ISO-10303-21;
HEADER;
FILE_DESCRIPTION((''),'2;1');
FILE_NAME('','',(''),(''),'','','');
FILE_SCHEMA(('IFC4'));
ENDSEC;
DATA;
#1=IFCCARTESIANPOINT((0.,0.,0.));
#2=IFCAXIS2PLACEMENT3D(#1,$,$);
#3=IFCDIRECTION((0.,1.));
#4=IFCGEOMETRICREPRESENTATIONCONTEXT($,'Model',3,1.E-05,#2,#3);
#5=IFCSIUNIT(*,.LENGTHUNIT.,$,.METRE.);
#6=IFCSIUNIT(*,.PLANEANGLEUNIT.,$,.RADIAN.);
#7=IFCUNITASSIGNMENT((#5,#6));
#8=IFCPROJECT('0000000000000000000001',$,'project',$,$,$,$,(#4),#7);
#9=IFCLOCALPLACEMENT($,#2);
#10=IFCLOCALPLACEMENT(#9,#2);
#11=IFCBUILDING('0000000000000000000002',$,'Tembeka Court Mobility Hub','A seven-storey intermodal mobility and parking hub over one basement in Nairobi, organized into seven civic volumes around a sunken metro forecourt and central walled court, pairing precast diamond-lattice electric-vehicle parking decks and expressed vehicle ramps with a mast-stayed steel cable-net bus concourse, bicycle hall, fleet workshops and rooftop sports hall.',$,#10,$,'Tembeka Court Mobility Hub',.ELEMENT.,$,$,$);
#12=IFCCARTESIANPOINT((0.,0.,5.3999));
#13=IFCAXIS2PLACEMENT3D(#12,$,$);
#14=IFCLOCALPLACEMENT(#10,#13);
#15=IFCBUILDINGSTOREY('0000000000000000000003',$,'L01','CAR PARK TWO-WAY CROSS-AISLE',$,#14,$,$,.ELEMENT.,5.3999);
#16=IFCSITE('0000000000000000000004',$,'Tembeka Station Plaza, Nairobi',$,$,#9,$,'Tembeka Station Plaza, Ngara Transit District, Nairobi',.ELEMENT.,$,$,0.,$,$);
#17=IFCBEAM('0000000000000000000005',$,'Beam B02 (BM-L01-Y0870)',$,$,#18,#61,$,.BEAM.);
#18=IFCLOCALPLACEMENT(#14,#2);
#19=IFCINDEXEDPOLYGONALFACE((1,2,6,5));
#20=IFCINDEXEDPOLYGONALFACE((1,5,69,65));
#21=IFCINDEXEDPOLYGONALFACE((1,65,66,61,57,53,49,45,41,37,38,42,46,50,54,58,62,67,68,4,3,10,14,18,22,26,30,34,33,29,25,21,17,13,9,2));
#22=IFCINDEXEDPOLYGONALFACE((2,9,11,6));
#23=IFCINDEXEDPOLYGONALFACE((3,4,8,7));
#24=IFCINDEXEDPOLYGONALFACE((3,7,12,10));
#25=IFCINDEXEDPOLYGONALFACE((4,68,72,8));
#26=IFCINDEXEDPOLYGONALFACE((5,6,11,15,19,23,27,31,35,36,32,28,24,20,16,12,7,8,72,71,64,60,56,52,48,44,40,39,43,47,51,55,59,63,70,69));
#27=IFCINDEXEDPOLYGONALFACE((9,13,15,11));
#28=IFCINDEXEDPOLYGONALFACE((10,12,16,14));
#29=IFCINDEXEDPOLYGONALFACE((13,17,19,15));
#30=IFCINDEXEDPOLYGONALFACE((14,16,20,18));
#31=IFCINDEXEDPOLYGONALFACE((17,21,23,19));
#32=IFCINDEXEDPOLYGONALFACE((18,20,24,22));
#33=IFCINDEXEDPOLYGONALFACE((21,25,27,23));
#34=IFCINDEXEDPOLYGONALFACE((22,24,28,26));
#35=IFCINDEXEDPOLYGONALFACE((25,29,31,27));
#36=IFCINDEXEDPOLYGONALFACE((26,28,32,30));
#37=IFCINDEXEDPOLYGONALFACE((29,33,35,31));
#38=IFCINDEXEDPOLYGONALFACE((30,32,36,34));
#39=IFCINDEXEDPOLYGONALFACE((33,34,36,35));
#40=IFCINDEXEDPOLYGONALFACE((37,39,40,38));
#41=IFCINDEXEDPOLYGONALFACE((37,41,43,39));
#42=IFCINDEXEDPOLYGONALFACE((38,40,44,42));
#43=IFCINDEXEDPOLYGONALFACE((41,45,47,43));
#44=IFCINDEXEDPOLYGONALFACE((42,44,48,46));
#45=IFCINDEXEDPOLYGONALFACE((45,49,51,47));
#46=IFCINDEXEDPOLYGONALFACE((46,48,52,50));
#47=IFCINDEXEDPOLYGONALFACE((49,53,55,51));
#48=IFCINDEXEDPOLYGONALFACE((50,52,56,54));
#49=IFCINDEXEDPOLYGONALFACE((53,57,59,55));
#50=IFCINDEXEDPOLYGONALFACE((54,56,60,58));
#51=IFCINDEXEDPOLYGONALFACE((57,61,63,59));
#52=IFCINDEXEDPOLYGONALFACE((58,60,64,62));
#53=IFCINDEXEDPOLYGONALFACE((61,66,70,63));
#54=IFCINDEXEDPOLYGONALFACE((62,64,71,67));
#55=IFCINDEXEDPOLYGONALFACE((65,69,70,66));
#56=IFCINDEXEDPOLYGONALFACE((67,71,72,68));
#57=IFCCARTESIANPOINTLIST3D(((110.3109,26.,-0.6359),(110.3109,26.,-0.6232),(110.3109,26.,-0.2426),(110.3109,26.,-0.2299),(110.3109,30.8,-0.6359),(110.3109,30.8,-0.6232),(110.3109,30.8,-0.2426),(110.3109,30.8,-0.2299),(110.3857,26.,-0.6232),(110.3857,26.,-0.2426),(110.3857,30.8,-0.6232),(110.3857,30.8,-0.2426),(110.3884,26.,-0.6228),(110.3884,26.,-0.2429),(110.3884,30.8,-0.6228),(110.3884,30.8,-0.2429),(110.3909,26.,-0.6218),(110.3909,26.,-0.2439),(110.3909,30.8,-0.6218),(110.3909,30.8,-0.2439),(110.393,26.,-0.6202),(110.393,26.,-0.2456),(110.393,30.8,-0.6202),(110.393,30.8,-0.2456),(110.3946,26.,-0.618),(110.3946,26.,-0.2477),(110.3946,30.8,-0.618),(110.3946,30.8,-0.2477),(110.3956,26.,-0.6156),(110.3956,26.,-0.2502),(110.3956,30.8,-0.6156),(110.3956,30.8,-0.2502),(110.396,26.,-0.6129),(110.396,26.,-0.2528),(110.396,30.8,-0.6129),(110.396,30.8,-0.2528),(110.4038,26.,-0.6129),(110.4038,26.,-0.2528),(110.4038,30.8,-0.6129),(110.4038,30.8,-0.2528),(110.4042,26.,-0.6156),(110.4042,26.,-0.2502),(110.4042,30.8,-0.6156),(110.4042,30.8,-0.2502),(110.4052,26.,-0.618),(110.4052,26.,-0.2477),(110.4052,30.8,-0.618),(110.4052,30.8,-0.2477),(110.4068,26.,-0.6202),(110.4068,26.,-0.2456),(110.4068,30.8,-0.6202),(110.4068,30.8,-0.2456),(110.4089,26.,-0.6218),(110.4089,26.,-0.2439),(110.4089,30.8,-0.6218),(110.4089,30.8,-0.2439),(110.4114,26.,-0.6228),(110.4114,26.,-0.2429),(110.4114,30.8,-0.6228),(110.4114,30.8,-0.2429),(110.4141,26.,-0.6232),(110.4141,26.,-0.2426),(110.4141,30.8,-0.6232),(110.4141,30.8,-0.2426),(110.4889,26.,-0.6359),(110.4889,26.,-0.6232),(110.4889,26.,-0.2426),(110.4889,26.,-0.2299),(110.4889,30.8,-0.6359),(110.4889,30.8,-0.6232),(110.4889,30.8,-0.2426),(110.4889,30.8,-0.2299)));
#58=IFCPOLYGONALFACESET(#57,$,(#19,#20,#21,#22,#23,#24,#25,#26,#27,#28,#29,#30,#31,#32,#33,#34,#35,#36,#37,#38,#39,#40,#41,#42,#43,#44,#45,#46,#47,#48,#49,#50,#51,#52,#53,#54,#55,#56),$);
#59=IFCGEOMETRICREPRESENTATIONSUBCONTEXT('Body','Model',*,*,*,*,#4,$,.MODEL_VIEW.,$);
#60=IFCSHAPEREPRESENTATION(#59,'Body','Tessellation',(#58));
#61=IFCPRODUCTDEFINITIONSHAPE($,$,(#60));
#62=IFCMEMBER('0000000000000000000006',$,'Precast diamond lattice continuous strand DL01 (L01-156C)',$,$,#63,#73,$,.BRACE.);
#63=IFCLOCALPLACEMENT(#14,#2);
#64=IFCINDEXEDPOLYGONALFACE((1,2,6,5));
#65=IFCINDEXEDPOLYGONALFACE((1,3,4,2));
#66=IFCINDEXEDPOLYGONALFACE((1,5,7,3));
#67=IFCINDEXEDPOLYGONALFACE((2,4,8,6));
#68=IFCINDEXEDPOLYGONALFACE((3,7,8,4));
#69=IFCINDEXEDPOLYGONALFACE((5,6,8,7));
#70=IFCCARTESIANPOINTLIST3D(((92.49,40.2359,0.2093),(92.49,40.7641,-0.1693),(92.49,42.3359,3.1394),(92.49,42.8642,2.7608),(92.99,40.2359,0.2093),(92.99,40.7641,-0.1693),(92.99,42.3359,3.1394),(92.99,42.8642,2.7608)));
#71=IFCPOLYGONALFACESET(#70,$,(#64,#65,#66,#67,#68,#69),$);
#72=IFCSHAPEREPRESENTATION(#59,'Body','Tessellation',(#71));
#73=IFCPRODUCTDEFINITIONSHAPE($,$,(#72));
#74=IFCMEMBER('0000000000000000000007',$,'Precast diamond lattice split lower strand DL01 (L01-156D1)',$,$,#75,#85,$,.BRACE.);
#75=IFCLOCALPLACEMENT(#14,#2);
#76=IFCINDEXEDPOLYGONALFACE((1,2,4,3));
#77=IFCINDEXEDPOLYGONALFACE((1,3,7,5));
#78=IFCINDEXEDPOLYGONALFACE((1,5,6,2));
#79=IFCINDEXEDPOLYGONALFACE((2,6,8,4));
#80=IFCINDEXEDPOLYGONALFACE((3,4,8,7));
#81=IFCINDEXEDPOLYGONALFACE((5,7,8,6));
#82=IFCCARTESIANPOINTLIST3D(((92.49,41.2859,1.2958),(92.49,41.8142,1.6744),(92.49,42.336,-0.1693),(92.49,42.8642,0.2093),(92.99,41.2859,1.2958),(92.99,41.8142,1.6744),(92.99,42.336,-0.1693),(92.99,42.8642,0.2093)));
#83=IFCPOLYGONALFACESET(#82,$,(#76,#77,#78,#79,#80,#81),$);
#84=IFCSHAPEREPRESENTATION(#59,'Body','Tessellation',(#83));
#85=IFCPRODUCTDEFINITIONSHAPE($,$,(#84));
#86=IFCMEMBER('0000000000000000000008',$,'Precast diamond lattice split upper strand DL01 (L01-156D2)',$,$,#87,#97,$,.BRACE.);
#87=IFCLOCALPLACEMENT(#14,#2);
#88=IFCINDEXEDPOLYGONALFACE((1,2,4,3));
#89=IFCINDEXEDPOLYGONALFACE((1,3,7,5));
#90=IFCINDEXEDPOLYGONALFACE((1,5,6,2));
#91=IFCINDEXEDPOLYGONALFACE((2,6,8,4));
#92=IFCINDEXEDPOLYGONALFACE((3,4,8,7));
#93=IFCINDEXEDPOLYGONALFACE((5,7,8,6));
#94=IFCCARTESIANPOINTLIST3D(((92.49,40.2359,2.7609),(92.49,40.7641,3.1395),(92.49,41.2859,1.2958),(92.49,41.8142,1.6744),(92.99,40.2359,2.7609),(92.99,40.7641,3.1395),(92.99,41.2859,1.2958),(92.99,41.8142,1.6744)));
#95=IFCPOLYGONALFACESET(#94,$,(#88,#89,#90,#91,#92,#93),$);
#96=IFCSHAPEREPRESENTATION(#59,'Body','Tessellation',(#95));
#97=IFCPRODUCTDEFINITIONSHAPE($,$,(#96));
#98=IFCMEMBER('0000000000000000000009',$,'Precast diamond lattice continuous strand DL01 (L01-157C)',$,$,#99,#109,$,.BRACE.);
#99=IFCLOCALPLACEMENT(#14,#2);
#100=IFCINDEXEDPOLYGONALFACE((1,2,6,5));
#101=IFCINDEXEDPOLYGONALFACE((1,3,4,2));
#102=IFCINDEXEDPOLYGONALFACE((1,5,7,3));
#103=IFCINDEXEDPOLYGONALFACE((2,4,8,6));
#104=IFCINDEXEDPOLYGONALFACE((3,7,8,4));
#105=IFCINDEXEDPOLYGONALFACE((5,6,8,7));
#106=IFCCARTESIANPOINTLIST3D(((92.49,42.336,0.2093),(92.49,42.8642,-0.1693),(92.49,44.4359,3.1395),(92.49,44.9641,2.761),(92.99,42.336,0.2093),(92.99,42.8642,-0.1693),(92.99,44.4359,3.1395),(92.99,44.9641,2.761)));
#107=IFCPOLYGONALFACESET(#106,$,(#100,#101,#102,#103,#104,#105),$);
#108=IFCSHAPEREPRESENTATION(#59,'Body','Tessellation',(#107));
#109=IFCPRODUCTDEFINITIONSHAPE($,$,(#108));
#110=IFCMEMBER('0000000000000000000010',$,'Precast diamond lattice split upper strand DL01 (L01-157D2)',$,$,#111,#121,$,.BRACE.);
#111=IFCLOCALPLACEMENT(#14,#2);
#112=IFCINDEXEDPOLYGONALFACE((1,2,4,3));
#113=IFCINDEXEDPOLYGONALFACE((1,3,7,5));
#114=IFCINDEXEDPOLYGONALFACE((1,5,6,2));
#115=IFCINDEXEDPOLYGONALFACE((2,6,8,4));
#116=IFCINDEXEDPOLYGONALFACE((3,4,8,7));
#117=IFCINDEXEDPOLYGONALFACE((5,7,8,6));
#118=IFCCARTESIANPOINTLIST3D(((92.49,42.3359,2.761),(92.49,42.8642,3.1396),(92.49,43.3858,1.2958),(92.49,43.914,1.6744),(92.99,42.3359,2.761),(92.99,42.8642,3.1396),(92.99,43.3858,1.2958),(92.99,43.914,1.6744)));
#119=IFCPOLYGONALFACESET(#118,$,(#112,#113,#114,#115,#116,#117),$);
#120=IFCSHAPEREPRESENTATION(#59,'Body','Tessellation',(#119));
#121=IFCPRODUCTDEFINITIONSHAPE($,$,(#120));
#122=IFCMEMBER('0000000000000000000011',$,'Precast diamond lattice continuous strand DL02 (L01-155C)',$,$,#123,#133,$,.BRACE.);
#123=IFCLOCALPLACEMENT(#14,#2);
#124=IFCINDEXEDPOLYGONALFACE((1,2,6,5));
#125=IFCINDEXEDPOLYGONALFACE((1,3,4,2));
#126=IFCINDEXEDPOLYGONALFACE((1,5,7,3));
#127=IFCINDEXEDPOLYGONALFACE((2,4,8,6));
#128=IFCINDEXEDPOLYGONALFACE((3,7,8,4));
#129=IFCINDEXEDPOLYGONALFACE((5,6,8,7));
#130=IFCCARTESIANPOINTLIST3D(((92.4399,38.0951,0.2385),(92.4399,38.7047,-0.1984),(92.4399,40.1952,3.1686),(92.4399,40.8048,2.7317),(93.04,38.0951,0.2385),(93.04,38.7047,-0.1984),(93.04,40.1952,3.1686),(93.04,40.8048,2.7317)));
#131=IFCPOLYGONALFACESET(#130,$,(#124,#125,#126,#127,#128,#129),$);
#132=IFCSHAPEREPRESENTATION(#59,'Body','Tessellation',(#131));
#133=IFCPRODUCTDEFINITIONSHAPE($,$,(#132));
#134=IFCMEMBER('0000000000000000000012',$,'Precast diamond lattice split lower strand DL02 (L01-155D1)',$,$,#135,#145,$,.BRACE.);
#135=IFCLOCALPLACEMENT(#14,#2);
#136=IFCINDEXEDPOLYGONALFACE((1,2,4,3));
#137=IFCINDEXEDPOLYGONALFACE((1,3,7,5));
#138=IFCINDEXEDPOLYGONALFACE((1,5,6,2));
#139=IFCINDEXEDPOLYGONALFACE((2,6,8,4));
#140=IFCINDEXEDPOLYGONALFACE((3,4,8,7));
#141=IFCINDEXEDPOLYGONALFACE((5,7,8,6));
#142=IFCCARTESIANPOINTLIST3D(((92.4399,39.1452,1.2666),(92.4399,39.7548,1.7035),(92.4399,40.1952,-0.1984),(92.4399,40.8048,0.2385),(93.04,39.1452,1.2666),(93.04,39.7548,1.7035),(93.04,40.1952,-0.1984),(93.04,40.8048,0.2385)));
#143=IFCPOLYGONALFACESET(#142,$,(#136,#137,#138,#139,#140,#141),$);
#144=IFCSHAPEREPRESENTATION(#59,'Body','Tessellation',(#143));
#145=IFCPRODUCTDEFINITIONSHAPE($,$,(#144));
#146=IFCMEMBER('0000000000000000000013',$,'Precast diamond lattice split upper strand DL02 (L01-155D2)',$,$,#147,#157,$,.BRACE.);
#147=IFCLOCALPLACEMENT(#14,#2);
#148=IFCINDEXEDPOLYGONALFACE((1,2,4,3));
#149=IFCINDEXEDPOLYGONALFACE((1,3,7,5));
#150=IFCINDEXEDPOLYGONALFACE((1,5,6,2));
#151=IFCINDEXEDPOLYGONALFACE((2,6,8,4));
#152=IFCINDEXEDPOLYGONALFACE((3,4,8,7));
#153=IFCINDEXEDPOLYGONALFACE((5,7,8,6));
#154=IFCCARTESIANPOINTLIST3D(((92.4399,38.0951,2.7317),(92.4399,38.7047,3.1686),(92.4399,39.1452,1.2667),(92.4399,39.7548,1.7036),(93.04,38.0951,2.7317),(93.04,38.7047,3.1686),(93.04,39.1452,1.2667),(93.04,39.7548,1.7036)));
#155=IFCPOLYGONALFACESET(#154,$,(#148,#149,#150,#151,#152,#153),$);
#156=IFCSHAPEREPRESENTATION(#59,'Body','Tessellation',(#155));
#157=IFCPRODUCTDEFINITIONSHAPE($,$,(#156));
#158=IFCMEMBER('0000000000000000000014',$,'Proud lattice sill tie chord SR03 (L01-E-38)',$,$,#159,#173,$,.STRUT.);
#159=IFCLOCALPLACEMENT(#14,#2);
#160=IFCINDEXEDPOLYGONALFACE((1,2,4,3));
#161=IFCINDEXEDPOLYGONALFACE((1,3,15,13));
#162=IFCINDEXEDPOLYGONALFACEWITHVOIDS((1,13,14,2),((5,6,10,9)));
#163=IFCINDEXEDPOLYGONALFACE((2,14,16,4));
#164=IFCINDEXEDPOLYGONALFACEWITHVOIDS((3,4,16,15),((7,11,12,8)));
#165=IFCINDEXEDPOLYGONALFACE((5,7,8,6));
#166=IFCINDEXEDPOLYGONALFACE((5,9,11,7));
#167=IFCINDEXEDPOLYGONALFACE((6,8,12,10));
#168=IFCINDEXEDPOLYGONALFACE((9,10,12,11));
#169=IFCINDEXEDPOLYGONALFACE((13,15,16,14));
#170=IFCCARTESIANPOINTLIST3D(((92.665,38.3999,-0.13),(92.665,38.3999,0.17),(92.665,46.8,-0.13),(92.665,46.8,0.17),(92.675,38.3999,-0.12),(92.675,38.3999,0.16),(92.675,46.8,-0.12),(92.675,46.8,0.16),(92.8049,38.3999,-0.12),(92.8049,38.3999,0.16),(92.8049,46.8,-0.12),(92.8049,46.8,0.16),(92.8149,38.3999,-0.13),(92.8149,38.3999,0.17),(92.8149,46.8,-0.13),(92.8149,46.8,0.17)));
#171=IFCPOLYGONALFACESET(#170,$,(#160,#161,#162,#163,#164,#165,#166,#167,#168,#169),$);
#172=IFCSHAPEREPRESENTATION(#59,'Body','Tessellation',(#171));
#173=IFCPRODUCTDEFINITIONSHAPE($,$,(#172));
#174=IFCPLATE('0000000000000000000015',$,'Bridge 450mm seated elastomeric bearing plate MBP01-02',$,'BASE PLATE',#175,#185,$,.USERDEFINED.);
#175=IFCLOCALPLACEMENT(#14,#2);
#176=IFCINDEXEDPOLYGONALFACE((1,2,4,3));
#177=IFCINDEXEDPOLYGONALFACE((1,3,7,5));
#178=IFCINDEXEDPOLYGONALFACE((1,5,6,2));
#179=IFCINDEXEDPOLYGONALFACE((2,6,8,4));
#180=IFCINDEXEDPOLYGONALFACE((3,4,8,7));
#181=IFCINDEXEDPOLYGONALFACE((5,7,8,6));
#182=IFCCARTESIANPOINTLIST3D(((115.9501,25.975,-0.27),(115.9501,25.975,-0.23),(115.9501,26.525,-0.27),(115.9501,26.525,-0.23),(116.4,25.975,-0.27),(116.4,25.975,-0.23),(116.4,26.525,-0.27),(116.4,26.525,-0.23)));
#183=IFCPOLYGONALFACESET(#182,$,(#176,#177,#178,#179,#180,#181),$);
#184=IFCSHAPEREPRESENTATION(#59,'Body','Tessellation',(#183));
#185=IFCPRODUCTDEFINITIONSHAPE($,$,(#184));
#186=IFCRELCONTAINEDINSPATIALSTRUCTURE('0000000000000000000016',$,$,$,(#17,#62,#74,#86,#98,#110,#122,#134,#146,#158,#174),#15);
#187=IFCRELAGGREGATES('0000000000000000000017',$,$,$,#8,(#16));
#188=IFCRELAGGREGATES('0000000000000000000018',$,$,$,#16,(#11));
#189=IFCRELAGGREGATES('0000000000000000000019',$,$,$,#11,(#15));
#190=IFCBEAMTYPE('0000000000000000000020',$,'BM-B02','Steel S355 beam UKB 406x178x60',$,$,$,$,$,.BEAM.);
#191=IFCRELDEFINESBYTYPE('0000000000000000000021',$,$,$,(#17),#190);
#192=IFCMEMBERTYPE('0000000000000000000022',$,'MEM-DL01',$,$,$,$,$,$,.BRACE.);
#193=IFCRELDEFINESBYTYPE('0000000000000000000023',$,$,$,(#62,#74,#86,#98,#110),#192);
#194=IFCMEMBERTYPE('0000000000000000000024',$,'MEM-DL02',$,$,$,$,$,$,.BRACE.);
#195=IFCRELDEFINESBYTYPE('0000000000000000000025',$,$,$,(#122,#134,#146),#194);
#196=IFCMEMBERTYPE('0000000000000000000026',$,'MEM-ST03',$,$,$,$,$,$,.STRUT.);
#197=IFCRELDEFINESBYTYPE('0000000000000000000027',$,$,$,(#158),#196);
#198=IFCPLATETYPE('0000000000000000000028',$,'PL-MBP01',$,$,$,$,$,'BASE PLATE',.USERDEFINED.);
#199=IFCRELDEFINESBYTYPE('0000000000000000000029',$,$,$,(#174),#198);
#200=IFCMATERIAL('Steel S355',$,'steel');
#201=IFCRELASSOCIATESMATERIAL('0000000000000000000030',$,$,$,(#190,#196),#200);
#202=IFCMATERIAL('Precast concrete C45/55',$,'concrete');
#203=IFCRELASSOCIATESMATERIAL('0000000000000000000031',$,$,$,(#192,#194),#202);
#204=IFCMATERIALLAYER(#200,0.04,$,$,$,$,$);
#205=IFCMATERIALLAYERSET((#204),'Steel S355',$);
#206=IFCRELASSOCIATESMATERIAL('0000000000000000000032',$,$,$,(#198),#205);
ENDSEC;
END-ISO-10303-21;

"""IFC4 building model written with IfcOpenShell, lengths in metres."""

from ifc_helpers import new_model, si_unit, direction, frame, origin, origin_2d, place, context, subcontext, project, spatial, rectangle, hollow_rectangle, i_section, extrude, material, layer, layer_set, material_profile, profile_set, type_object, element, save


model = new_model("IFC4")

# Units and contexts
model_context = context("Model", 3, precision=1e-05, world=origin(), true_north=direction((0.0, 1.0)))
body_context = subcontext(model_context, "Body", "Model", "MODEL_VIEW")
ifc_project = project(units=[si_unit("LENGTHUNIT", "METRE"), si_unit("PLANEANGLEUNIT", "RADIAN")], contexts=[model_context])

# Site, building, storey
site_placement = place(None, origin())
site = spatial("IfcSite", under=ifc_project, at=site_placement, Name="Tembeka Station Plaza, Nairobi", LongName="Tembeka Station Plaza, Ngara Transit District, Nairobi", CompositionType="ELEMENT", RefElevation=0.0)
building_placement = place(site_placement, origin())
building = spatial("IfcBuilding", under=site, at=building_placement, Name="Tembeka Court Mobility Hub", Description="A seven-storey intermodal mobility and parking hub over one basement in Nairobi, organized into seven civic volumes around a sunken metro forecourt and central walled court, pairing precast diamond-lattice electric-vehicle parking decks and expressed vehicle ramps with a mast-stayed steel cable-net bus concourse, bicycle hall, fleet workshops and rooftop sports hall.", LongName="Tembeka Court Mobility Hub", CompositionType="ELEMENT")
storey_placement = place(building_placement, frame((0.0, 0.0, 5.3999)))
storey = spatial("IfcBuildingStorey", under=building, at=storey_placement, Name="L01", Description="CAR PARK TWO-WAY CROSS-AISLE", CompositionType="ELEMENT", Elevation=5.3999)

# Shared definitions
ifc_material_1 = material(Name="Steel S355", Category="steel")

# Beam
ifc_material_profile_1 = material_profile(ifc_material_1, i_section(OverallWidth=0.178, OverallDepth=0.406, WebThickness=0.0078, FlangeThickness=0.0127, FilletRadius=0.0103, at=origin_2d()), Name="UKB 406x178x60")
ifc_profile_set_1 = profile_set([ifc_material_profile_1], Name="Steel S355")
beam_type_1 = type_object("IfcBeamType", Name="BM-B02", Description="Steel S355 beam UKB 406x178x60", PredefinedType="BEAM", material=ifc_profile_set_1)
for number, where, z_axis, x_axis, name in (
    (1, (110.3999, 26.0, -0.4329), (0.0, 1.0, 0.0), (-1.0, 0.0, 0.0), "Beam B02 (BM-L01-Y0870)"),
):
    element("IfcBeam", number, at=place(storey_placement, frame(where, z_axis=z_axis, x_axis=x_axis)), inside=storey, type_object=beam_type_1, Name=name, PredefinedType="BEAM", context=body_context, shape_type="SweptSolid", body=[
        extrude(i_section(OverallWidth=0.178, OverallDepth=0.406, WebThickness=0.0078, FlangeThickness=0.0127, FilletRadius=0.0103, at=origin_2d()), origin(), (0.0, 0.0, 1.0), 4.8),
    ])

# Members
ifc_material_2 = material(Name="Precast concrete C45/55", Category="concrete")
ifc_material_profile_2 = material_profile(ifc_material_2, rectangle(XDim=0.5, YDim=0.6499, at=origin_2d()), Name="PC-DIAG 500x650")
ifc_profile_set_2 = profile_set([ifc_material_profile_2], Name="Precast concrete C45/55")
member_type_1 = type_object("IfcMemberType", Name="MEM-DL01", PredefinedType="BRACE", material=ifc_profile_set_2)
member_1_placement = place(storey_placement, frame((92.74, 40.5, 0.02), z_axis=(0.0, 0.582544, 0.812799), x_axis=(-1.0, 0.0, 0.0)))
element("IfcMember", 2, at=member_1_placement, inside=storey, type_object=member_type_1, Name="Precast diamond lattice continuous strand DL01 (L01-156C)", PredefinedType="BRACE", context=body_context, shape_type="SweptSolid", body=[
    extrude(rectangle(XDim=0.5, YDim=0.6499, at=origin_2d()), origin(), (0.0, 0.0, 1.0), 3.605),
])
for number, where, z_axis, x_axis, name in (
    (3, (92.74, 42.6001, 0.02), (0.0, -0.582544, 0.812799), (1.0, 0.0, 0.0), "Precast diamond lattice split lower strand DL01 (L01-156D1)"),
    (4, (92.74, 41.55, 1.4851), (0.0, -0.582544, 0.812799), (1.0, 0.0, 0.0), "Precast diamond lattice split upper strand DL01 (L01-156D2)"),
):
    element("IfcMember", number, at=place(storey_placement, frame(where, z_axis=z_axis, x_axis=x_axis)), inside=storey, type_object=member_type_1, Name=name, PredefinedType="BRACE", context=body_context, shape_type="SweptSolid", body=[
        extrude(rectangle(XDim=0.5, YDim=0.6499, at=origin_2d()), origin(), (0.0, 0.0, 1.0), 1.8025),
    ])
member_2_placement = place(storey_placement, frame((92.74, 42.6001, 0.02), z_axis=(0.0, 0.5825, 0.812831), x_axis=(-1.0, 0.0, 0.0)))
element("IfcMember", 5, at=member_2_placement, inside=storey, type_object=member_type_1, Name="Precast diamond lattice continuous strand DL01 (L01-157C)", PredefinedType="BRACE", context=body_context, shape_type="SweptSolid", body=[
    extrude(rectangle(XDim=0.5, YDim=0.6499, at=origin_2d()), origin(), (0.0, 0.0, 1.0), 3.605),
])
member_3_placement = place(storey_placement, frame((92.74, 43.6499, 1.4851), z_axis=(0.0, -0.582455, 0.812863), x_axis=(1.0, 0.0, 0.0)))
element("IfcMember", 6, at=member_3_placement, inside=storey, type_object=member_type_1, Name="Precast diamond lattice split upper strand DL01 (L01-157D2)", PredefinedType="BRACE", context=body_context, shape_type="SweptSolid", body=[
    extrude(rectangle(XDim=0.5, YDim=0.6499, at=origin_2d()), origin(), (0.0, 0.0, 1.0), 1.8025),
])
ifc_material_profile_3 = material_profile(ifc_material_2, rectangle(XDim=0.6001, YDim=0.75, at=origin_2d()), Name="PC-DIAG 600x750")
ifc_profile_set_3 = profile_set([ifc_material_profile_3], Name="Precast concrete C45/55")
member_type_2 = type_object("IfcMemberType", Name="MEM-DL02", PredefinedType="BRACE", material=ifc_profile_set_3)
member_4_placement = place(storey_placement, frame((92.74, 38.3999, 0.02), z_axis=(0.0, 0.582544, 0.812799), x_axis=(-1.0, 0.0, 0.0)))
element("IfcMember", 7, at=member_4_placement, inside=storey, type_object=member_type_2, Name="Precast diamond lattice continuous strand DL02 (L01-155C)", PredefinedType="BRACE", context=body_context, shape_type="SweptSolid", body=[
    extrude(rectangle(XDim=0.6001, YDim=0.75, at=origin_2d()), origin(), (0.0, 0.0, 1.0), 3.605),
])
for number, where, z_axis, x_axis, name in (
    (8, (92.74, 40.5, 0.02), (0.0, -0.582544, 0.812799), (1.0, 0.0, 0.0), "Precast diamond lattice split lower strand DL02 (L01-155D1)"),
    (9, (92.74, 39.45, 1.4851), (0.0, -0.582544, 0.812799), (1.0, 0.0, 0.0), "Precast diamond lattice split upper strand DL02 (L01-155D2)"),
):
    element("IfcMember", number, at=place(storey_placement, frame(where, z_axis=z_axis, x_axis=x_axis)), inside=storey, type_object=member_type_2, Name=name, PredefinedType="BRACE", context=body_context, shape_type="SweptSolid", body=[
        extrude(rectangle(XDim=0.6001, YDim=0.75, at=origin_2d()), origin(), (0.0, 0.0, 1.0), 1.8025),
    ])
ifc_material_profile_4 = material_profile(ifc_material_1, hollow_rectangle(XDim=0.1499, YDim=0.3, WallThickness=0.01, at=origin_2d()), Name="RHS 300x150x10")
ifc_profile_set_4 = profile_set([ifc_material_profile_4], Name="Steel S355")
member_type_3 = type_object("IfcMemberType", Name="MEM-ST03", PredefinedType="STRUT", material=ifc_profile_set_4)
member_5_placement = place(storey_placement, frame((92.74, 38.3999, 0.02), z_axis=(0.0, 1.0, 0.0), x_axis=(-1.0, 0.0, 0.0)))
element("IfcMember", 10, at=member_5_placement, inside=storey, type_object=member_type_3, Name="Proud lattice sill tie chord SR03 (L01-E-38)", PredefinedType="STRUT", context=body_context, shape_type="SweptSolid", body=[
    extrude(hollow_rectangle(XDim=0.1499, YDim=0.3, WallThickness=0.01, at=origin_2d()), origin(), (0.0, 0.0, 1.0), 8.4001),
])

# Plate
ifc_layer_1 = layer(ifc_material_1, 0.04)
ifc_layer_set_1 = layer_set([ifc_layer_1], Name="Steel S355")
plate_type_1 = type_object("IfcPlateType", Name="PL-MBP01", ElementType="BASE PLATE", PredefinedType="USERDEFINED", material=ifc_layer_set_1)
for number, where, z_axis, x_axis, name in (
    (11, (116.175, 26.25, -0.27), (0.0, 0.0, 1.0), (1.0, 0.0, 0.0), "Bridge 450mm seated elastomeric bearing plate MBP01-02"),
):
    element("IfcPlate", number, at=place(storey_placement, frame(where, z_axis=z_axis, x_axis=x_axis)), inside=storey, type_object=plate_type_1, Name=name, ObjectType="BASE PLATE", PredefinedType="USERDEFINED", context=body_context, shape_type="SweptSolid", body=[
        extrude(rectangle(XDim=0.45, YDim=0.55, at=origin_2d()), origin(), (0.0, 0.0, 1.0), 0.04),
    ])

save(model, "model.ifc")
